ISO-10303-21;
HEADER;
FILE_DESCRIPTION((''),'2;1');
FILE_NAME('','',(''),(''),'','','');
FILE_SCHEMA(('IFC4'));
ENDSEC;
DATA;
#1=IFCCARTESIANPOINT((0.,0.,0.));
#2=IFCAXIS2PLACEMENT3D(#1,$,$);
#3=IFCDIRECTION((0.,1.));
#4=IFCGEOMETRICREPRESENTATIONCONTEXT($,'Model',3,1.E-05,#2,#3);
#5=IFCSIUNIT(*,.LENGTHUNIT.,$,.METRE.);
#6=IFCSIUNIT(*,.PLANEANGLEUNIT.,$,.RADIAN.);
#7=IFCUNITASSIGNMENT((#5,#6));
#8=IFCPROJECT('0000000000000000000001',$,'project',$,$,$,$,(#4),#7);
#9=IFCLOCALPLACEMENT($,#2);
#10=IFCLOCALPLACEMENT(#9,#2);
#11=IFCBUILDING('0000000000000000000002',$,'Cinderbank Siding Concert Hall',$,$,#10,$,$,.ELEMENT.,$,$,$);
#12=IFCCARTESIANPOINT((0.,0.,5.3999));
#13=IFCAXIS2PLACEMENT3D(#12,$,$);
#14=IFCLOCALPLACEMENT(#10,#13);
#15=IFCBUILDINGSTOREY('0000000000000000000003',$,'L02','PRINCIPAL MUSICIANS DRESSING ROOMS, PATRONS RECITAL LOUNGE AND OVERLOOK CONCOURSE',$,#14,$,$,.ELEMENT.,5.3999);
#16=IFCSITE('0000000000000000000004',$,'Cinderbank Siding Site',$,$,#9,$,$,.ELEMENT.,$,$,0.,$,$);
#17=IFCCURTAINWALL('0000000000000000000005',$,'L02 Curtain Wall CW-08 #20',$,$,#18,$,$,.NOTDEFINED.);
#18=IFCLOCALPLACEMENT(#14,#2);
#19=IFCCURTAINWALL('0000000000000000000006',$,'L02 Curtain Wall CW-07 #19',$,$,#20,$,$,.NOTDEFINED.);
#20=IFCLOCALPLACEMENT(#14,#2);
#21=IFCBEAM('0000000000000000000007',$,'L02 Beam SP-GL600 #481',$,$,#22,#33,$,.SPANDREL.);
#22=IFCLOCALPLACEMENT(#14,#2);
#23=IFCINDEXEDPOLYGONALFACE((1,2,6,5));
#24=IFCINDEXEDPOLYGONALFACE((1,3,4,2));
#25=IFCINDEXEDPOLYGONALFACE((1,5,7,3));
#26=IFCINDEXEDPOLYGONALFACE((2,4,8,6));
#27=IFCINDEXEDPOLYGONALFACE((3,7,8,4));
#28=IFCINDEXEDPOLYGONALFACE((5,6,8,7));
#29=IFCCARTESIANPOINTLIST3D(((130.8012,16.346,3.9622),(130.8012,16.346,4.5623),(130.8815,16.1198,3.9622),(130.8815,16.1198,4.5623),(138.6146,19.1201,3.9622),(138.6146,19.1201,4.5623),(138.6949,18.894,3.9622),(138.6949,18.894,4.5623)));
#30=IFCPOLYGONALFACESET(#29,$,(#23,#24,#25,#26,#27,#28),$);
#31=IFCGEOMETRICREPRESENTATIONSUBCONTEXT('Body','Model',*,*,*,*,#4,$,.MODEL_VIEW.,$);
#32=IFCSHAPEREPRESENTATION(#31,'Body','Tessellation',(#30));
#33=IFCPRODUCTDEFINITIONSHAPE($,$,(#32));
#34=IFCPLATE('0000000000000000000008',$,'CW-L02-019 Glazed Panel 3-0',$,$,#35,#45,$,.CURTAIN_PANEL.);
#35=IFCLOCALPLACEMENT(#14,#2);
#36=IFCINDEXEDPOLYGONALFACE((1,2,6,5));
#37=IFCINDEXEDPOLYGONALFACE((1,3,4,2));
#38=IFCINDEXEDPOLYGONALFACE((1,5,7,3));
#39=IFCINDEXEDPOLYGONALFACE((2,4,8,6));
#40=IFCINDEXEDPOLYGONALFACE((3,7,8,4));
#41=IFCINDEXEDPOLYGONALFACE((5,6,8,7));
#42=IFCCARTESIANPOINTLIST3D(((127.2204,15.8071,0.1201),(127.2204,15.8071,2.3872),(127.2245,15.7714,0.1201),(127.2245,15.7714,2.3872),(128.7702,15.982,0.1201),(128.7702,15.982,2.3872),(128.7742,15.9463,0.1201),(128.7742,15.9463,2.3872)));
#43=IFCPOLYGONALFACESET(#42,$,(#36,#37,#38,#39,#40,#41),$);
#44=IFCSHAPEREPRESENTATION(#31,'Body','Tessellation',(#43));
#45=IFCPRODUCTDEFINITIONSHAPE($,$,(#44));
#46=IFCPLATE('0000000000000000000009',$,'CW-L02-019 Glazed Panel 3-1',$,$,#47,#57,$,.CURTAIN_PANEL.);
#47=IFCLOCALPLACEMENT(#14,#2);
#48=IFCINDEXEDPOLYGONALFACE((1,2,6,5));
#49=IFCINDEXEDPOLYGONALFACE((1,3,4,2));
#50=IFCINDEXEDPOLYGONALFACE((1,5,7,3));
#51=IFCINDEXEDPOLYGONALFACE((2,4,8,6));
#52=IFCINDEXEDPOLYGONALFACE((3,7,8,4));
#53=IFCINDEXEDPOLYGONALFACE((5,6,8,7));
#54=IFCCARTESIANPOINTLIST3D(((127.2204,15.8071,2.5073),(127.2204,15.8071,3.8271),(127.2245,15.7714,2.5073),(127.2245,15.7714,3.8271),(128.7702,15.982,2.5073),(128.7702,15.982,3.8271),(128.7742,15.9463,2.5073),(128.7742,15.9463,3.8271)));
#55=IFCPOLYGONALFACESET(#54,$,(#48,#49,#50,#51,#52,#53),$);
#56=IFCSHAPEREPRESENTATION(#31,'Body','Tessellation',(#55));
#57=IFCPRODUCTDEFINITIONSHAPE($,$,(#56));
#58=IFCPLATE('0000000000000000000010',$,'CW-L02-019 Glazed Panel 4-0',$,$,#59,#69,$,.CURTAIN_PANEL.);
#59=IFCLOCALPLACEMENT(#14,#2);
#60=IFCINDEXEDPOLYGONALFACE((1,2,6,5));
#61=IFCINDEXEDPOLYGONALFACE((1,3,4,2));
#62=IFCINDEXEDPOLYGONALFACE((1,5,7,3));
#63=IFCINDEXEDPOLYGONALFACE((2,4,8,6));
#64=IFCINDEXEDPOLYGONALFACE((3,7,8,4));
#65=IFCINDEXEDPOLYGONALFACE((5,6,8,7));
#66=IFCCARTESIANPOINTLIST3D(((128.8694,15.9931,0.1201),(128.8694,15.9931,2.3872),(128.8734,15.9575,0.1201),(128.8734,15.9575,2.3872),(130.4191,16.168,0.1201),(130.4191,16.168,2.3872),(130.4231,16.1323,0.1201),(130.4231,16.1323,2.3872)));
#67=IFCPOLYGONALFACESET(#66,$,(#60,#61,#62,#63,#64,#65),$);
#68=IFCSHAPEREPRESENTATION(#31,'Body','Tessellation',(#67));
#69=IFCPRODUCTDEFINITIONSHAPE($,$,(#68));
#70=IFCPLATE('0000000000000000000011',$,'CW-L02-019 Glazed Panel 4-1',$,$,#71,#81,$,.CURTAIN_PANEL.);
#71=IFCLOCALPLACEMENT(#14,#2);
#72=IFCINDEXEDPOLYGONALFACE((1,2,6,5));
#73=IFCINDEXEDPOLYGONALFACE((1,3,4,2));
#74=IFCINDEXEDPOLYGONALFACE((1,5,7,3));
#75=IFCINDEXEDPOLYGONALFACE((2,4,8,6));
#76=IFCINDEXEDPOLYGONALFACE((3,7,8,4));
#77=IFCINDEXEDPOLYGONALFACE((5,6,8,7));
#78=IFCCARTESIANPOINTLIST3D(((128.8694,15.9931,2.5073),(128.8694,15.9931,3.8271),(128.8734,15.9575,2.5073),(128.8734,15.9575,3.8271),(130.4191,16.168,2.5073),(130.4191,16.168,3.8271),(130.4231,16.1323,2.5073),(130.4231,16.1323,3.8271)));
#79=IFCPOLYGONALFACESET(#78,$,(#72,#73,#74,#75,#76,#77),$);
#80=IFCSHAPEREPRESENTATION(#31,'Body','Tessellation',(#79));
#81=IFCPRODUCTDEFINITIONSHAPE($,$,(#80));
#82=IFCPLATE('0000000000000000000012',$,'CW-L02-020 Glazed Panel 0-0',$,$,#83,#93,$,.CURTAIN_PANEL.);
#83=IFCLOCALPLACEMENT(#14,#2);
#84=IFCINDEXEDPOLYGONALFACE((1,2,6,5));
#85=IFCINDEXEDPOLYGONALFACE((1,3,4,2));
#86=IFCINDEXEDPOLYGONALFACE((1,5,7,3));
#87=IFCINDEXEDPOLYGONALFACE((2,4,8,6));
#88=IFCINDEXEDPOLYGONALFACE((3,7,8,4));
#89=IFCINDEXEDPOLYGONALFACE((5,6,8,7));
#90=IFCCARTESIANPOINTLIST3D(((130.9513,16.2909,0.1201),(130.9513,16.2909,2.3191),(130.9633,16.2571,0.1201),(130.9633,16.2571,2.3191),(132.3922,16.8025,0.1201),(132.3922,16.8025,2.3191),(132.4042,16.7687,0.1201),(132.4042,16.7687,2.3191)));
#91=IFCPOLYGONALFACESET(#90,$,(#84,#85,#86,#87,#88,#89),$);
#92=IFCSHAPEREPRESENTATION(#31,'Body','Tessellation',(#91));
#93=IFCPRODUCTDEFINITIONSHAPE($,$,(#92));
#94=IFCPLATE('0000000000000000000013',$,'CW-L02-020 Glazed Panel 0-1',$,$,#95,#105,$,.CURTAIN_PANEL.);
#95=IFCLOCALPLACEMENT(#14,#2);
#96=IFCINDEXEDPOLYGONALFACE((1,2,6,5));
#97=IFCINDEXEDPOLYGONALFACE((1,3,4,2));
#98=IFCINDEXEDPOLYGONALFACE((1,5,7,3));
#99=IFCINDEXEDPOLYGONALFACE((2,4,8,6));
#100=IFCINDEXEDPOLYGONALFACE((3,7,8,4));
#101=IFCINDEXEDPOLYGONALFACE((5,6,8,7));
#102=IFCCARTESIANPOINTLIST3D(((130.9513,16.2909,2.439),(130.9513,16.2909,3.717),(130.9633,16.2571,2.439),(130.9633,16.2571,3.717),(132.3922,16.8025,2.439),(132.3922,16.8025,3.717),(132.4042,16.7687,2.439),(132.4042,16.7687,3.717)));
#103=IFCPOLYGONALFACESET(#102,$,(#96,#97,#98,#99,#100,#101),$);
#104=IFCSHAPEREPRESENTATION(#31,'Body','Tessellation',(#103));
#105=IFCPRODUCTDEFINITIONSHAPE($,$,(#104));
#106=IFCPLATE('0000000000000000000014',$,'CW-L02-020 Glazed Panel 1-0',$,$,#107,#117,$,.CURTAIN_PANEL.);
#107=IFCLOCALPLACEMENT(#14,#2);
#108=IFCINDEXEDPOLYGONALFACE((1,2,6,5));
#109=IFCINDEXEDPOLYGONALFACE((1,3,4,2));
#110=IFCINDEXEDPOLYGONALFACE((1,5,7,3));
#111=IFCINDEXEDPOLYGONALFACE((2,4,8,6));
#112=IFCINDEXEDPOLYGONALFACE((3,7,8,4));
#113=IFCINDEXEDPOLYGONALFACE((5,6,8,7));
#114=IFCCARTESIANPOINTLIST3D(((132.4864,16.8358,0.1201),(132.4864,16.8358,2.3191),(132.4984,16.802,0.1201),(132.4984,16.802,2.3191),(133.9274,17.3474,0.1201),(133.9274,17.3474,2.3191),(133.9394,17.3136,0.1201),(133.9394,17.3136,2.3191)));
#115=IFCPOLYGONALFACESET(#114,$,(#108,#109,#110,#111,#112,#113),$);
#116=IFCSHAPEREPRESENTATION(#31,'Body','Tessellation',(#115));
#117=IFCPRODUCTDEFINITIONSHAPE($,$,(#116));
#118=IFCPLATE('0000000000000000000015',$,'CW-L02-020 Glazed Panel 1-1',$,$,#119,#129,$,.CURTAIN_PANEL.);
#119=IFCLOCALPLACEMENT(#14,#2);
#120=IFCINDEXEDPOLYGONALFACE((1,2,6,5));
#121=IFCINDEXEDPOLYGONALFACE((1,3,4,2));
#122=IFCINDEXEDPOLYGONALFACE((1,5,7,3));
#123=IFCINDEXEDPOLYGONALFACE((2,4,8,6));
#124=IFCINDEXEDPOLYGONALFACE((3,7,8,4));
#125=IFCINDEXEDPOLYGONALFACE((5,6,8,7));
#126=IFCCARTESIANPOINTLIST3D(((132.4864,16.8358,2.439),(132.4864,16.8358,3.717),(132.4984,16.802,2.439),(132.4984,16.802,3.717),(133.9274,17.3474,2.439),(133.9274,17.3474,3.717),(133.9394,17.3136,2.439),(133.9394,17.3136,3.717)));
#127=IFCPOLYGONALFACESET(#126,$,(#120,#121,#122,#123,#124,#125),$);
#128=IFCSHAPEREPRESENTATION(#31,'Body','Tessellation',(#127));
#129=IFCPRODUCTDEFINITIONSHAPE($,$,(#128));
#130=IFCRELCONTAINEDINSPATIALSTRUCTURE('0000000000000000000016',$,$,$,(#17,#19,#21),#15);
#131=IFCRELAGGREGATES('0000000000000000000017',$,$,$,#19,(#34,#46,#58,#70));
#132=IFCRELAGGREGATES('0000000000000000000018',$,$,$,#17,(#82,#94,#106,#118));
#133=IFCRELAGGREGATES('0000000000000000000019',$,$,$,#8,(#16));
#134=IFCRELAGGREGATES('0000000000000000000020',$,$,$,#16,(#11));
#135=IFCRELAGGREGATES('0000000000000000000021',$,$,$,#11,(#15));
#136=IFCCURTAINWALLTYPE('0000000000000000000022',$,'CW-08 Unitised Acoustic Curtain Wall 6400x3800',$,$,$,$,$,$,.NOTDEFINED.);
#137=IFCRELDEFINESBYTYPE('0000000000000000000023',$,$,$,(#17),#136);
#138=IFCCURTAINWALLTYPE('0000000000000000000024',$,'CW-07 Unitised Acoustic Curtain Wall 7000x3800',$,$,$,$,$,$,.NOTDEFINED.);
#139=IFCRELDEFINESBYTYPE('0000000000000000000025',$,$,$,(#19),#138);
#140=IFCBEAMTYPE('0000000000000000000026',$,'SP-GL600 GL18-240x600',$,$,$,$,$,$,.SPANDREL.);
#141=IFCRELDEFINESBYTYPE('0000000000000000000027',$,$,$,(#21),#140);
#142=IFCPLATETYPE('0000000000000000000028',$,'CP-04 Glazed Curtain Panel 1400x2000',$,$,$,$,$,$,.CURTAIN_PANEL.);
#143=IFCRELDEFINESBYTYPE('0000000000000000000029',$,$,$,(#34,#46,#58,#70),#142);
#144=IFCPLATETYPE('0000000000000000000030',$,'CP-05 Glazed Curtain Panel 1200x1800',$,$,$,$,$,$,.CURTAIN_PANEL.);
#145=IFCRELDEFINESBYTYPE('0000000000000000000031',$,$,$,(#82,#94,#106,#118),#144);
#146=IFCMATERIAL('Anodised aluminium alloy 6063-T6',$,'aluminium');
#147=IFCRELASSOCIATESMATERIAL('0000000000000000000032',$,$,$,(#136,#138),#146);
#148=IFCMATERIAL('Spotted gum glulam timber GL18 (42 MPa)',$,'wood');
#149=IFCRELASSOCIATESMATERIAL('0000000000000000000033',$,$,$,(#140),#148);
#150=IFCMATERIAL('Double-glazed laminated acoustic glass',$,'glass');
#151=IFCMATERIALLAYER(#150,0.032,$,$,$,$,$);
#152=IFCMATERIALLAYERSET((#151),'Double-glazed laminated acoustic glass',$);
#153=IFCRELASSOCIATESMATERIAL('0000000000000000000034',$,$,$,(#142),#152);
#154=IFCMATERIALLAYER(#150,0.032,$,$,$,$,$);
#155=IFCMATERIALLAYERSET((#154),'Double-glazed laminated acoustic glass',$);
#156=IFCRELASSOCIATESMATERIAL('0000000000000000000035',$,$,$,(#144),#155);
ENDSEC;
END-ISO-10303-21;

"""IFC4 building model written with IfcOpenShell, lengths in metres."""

from ifc_helpers import new_model, si_unit, direction, frame, origin, origin_2d, place, context, subcontext, project, spatial, rectangle, extrude, material, layer, layer_set, material_profile, profile_set, type_object, element, aggregate, save


model = new_model("IFC4")

# Units and contexts
model_context = context("Model", 3, precision=1e-05, world=origin(), true_north=direction((0.0, 1.0)))
body_context = subcontext(model_context, "Body", "Model", "MODEL_VIEW")
ifc_project = project(units=[si_unit("LENGTHUNIT", "METRE"), si_unit("PLANEANGLEUNIT", "RADIAN")], contexts=[model_context])

# Site, building, storey
site_placement = place(None, origin())
site = spatial("IfcSite", under=ifc_project, at=site_placement, Name="Cinderbank Siding Site", CompositionType="ELEMENT", RefElevation=0.0)
building_placement = place(site_placement, origin())
building = spatial("IfcBuilding", under=site, at=building_placement, Name="Cinderbank Siding Concert Hall", CompositionType="ELEMENT")
storey_placement = place(building_placement, frame((0.0, 0.0, 5.3999)))
storey = spatial("IfcBuildingStorey", under=building, at=storey_placement, Name="L02", Description="PRINCIPAL MUSICIANS DRESSING ROOMS, PATRONS RECITAL LOUNGE AND OVERLOOK CONCOURSE", CompositionType="ELEMENT", Elevation=5.3999)

# Curtain walls
ifc_material_1 = material(Name="Anodised aluminium alloy 6063-T6", Category="aluminium")
curtain_wall_type_1 = type_object("IfcCurtainWallType", Name="CW-08 Unitised Acoustic Curtain Wall 6400x3800", PredefinedType="NOTDEFINED", material=ifc_material_1)
curtain_wall_1_placement = place(storey_placement, origin())
curtain_wall_1 = element("IfcCurtainWall", 1, at=curtain_wall_1_placement, inside=storey, type_object=curtain_wall_type_1, Name="L02 Curtain Wall CW-08 #20", PredefinedType="NOTDEFINED")
curtain_wall_type_2 = type_object("IfcCurtainWallType", Name="CW-07 Unitised Acoustic Curtain Wall 7000x3800", PredefinedType="NOTDEFINED", material=ifc_material_1)
curtain_wall_2_placement = place(storey_placement, origin())
curtain_wall_2 = element("IfcCurtainWall", 2, at=curtain_wall_2_placement, inside=storey, type_object=curtain_wall_type_2, Name="L02 Curtain Wall CW-07 #19", PredefinedType="NOTDEFINED")

# Beam
ifc_material_2 = material(Name="Spotted gum glulam timber GL18 (42 MPa)", Category="wood")
ifc_material_profile_1 = material_profile(ifc_material_2, rectangle(XDim=0.24, YDim=0.6001, at=origin_2d()), Name="GL18-240x600", Category="LoadBearing")
ifc_profile_set_1 = profile_set([ifc_material_profile_1], Name="Spotted gum glulam timber GL18 (42 MPa)")
beam_type_1 = type_object("IfcBeamType", Name="SP-GL600 GL18-240x600", PredefinedType="SPANDREL", material=ifc_profile_set_1)
beam_1_placement = place(storey_placement, frame((130.8413, 16.2329, 4.2622), z_axis=(0.942365, 0.334586, 0.0), x_axis=(-0.334586, 0.942365, 0.0)))
element("IfcBeam", 3, at=beam_1_placement, inside=storey, type_object=beam_type_1, Name="L02 Beam SP-GL600 #481", PredefinedType="SPANDREL", context=body_context, shape_type="SweptSolid", body=[
    extrude(rectangle(XDim=0.24, YDim=0.6001, at=origin_2d()), origin(), (0.0, 0.0, 1.0), 8.2913),
])

# Plates
ifc_material_3 = material(Name="Double-glazed laminated acoustic glass", Category="glass")
ifc_layer_1 = layer(ifc_material_3, 0.032)
ifc_layer_set_1 = layer_set([ifc_layer_1], Name="Double-glazed laminated acoustic glass")
plate_type_1 = type_object("IfcPlateType", Name="CP-04 Glazed Curtain Panel 1400x2000", PredefinedType="CURTAIN_PANEL", material=ifc_layer_set_1)
plate_1_placement = place(storey_placement, frame((127.9973, 15.8767, 0.1201), z_axis=(0.0, 0.0, 1.0), x_axis=(0.993694, 0.112129, 0.0)))
plate_1 = element("IfcPlate", 4, at=plate_1_placement, type_object=plate_type_1, Name="CW-L02-019 Glazed Panel 3-0", PredefinedType="CURTAIN_PANEL", context=body_context, shape_type="SweptSolid", body=[
    extrude(rectangle(XDim=1.5596, YDim=0.0359, at=origin_2d()), origin(), (0.0, 0.0, 1.0), 2.2671),
])
plate_2_placement = place(storey_placement, frame((127.9973, 15.8767, 2.5073), z_axis=(0.0, 0.0, 1.0), x_axis=(0.993694, 0.112129, 0.0)))
plate_2 = element("IfcPlate", 5, at=plate_2_placement, type_object=plate_type_1, Name="CW-L02-019 Glazed Panel 3-1", PredefinedType="CURTAIN_PANEL", context=body_context, shape_type="SweptSolid", body=[
    extrude(rectangle(XDim=1.5596, YDim=0.0359, at=origin_2d()), origin(), (0.0, 0.0, 1.0), 1.3198),
])
plate_3_placement = place(storey_placement, frame((129.6462, 16.0627, 0.1201), z_axis=(0.0, 0.0, 1.0), x_axis=(0.993694, 0.112129, 0.0)))
plate_3 = element("IfcPlate", 6, at=plate_3_placement, type_object=plate_type_1, Name="CW-L02-019 Glazed Panel 4-0", PredefinedType="CURTAIN_PANEL", context=body_context, shape_type="SweptSolid", body=[
    extrude(rectangle(XDim=1.5596, YDim=0.0359, at=origin_2d()), origin(), (0.0, 0.0, 1.0), 2.2671),
])
plate_4_placement = place(storey_placement, frame((129.6462, 16.0627, 2.5073), z_axis=(0.0, 0.0, 1.0), x_axis=(0.993694, 0.112129, 0.0)))
plate_4 = element("IfcPlate", 7, at=plate_4_placement, type_object=plate_type_1, Name="CW-L02-019 Glazed Panel 4-1", PredefinedType="CURTAIN_PANEL", context=body_context, shape_type="SweptSolid", body=[
    extrude(rectangle(XDim=1.5596, YDim=0.0359, at=origin_2d()), origin(), (0.0, 0.0, 1.0), 1.3198),
])
aggregate(curtain_wall_2, [plate_1, plate_2, plate_3, plate_4])
ifc_layer_2 = layer(ifc_material_3, 0.032)
ifc_layer_set_2 = layer_set([ifc_layer_2], Name="Double-glazed laminated acoustic glass")
plate_type_2 = type_object("IfcPlateType", Name="CP-05 Glazed Curtain Panel 1200x1800", PredefinedType="CURTAIN_PANEL", material=ifc_layer_set_2)
plate_5_placement = place(storey_placement, frame((131.6777, 16.5298, 0.1201), z_axis=(0.0, 0.0, 1.0), x_axis=(0.942366, 0.334585, 0.0)))
plate_5 = element("IfcPlate", 8, at=plate_5_placement, type_object=plate_type_2, Name="CW-L02-020 Glazed Panel 0-0", PredefinedType="CURTAIN_PANEL", context=body_context, shape_type="SweptSolid", body=[
    extrude(rectangle(XDim=1.5291, YDim=0.0359, at=origin_2d()), origin(), (0.0, 0.0, 1.0), 2.199),
])
plate_6_placement = place(storey_placement, frame((131.6777, 16.5298, 2.439), z_axis=(0.0, 0.0, 1.0), x_axis=(0.942366, 0.334585, 0.0)))
plate_6 = element("IfcPlate", 9, at=plate_6_placement, type_object=plate_type_2, Name="CW-L02-020 Glazed Panel 0-1", PredefinedType="CURTAIN_PANEL", context=body_context, shape_type="SweptSolid", body=[
    extrude(rectangle(XDim=1.5291, YDim=0.0359, at=origin_2d()), origin(), (0.0, 0.0, 1.0), 1.2781),
])
plate_7_placement = place(storey_placement, frame((133.2129, 17.0747, 0.1201), z_axis=(0.0, 0.0, 1.0), x_axis=(0.942366, 0.334585, 0.0)))
plate_7 = element("IfcPlate", 10, at=plate_7_placement, type_object=plate_type_2, Name="CW-L02-020 Glazed Panel 1-0", PredefinedType="CURTAIN_PANEL", context=body_context, shape_type="SweptSolid", body=[
    extrude(rectangle(XDim=1.5291, YDim=0.0359, at=origin_2d()), origin(), (0.0, 0.0, 1.0), 2.199),
])
plate_8_placement = place(storey_placement, frame((133.2129, 17.0747, 2.439), z_axis=(0.0, 0.0, 1.0), x_axis=(0.942366, 0.334585, 0.0)))
plate_8 = element("IfcPlate", 11, at=plate_8_placement, type_object=plate_type_2, Name="CW-L02-020 Glazed Panel 1-1", PredefinedType="CURTAIN_PANEL", context=body_context, shape_type="SweptSolid", body=[
    extrude(rectangle(XDim=1.5291, YDim=0.0359, at=origin_2d()), origin(), (0.0, 0.0, 1.0), 1.2781),
])
aggregate(curtain_wall_1, [plate_5, plate_6, plate_7, plate_8])

save(model, "model.ifc")
